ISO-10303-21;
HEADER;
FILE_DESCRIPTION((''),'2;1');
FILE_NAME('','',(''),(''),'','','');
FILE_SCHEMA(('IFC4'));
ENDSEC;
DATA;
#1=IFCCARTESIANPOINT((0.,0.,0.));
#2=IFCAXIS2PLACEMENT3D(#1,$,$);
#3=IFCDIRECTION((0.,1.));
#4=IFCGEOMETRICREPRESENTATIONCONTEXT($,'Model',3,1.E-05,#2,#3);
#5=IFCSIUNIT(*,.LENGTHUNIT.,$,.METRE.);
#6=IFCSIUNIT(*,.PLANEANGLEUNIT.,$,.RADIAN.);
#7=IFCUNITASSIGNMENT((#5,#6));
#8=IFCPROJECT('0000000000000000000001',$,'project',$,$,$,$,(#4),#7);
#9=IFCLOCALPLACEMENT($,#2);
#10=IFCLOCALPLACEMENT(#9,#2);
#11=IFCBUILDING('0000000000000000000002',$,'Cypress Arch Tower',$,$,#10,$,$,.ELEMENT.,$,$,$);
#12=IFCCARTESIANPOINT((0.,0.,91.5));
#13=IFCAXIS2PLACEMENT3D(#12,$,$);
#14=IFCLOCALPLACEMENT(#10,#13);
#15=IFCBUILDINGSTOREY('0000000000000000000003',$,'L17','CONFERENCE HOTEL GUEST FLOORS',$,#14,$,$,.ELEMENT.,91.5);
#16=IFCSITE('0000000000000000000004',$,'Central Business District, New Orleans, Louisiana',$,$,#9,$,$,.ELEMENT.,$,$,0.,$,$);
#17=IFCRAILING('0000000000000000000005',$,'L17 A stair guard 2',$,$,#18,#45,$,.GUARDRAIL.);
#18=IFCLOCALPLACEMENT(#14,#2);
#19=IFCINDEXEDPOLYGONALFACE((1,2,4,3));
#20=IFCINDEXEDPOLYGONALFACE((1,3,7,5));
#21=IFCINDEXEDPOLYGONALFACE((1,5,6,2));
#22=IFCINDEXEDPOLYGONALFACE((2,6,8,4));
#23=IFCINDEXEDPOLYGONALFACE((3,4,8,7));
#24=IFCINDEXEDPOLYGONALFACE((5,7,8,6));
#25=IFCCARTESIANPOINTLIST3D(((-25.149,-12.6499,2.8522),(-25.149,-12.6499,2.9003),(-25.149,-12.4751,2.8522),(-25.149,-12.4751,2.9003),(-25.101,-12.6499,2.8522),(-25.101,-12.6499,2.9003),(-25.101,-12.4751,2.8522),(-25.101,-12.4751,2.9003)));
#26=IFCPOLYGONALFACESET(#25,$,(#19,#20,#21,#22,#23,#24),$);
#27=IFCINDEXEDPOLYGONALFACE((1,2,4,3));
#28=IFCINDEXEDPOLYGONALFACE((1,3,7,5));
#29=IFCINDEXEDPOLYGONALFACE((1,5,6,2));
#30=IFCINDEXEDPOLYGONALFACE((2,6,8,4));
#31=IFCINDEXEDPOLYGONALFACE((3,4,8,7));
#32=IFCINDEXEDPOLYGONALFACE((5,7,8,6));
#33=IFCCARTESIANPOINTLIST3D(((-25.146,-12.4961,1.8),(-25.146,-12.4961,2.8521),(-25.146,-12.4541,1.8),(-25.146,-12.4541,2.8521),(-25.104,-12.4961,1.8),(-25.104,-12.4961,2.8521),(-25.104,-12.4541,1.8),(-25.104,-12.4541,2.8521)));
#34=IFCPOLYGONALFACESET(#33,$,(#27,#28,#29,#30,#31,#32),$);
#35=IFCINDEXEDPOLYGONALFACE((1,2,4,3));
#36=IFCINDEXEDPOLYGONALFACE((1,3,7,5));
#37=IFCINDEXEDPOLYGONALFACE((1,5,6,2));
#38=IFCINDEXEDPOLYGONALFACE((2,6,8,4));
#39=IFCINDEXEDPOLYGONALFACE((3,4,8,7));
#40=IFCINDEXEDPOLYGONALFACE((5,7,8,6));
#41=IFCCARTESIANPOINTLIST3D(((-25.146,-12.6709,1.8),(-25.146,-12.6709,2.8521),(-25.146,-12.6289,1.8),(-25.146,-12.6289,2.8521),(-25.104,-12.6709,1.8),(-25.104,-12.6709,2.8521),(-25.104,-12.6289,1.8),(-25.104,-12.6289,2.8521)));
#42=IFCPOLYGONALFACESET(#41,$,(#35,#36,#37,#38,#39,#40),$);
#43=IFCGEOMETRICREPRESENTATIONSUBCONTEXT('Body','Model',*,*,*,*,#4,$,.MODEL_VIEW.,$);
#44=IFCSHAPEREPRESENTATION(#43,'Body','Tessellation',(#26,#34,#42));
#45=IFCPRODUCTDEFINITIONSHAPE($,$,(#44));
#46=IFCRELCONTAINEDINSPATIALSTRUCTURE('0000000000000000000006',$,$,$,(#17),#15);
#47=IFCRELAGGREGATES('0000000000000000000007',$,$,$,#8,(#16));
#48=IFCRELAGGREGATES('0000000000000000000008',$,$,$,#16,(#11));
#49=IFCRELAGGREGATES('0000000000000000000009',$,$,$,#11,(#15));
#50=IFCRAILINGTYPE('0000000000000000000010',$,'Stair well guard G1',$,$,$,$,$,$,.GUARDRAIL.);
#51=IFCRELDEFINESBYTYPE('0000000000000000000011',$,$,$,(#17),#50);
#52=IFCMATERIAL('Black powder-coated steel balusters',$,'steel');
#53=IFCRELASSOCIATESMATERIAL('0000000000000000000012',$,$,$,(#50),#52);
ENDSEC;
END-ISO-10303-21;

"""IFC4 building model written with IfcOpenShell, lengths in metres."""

from ifc_helpers import new_model, si_unit, direction, frame, origin, origin_2d, place, context, subcontext, project, spatial, rectangle, extrude, material, type_object, element, save


model = new_model("IFC4")

# Units and contexts
model_context = context("Model", 3, precision=1e-05, world=origin(), true_north=direction((0.0, 1.0)))
body_context = subcontext(model_context, "Body", "Model", "MODEL_VIEW")
ifc_project = project(units=[si_unit("LENGTHUNIT", "METRE"), si_unit("PLANEANGLEUNIT", "RADIAN")], contexts=[model_context])

# Site, building, storey
site_placement = place(None, origin())
site = spatial("IfcSite", under=ifc_project, at=site_placement, Name="Central Business District, New Orleans, Louisiana", CompositionType="ELEMENT", RefElevation=0.0)
building_placement = place(site_placement, origin())
building = spatial("IfcBuilding", under=site, at=building_placement, Name="Cypress Arch Tower", CompositionType="ELEMENT")
storey_placement = place(building_placement, frame((0.0, 0.0, 91.5)))
storey = spatial("IfcBuildingStorey", under=building, at=storey_placement, Name="L17", Description="CONFERENCE HOTEL GUEST FLOORS", CompositionType="ELEMENT", Elevation=91.5)

# Railing
ifc_material_1 = material(Name="Black powder-coated steel balusters", Category="steel")
railing_type_1 = type_object("IfcRailingType", Name="Stair well guard G1", PredefinedType="GUARDRAIL", material=ifc_material_1)
railing_1_placement = place(storey_placement, frame((-25.125, -12.4751, 1.8)))
element("IfcRailing", 1, at=railing_1_placement, inside=storey, type_object=railing_type_1, Name="L17 A stair guard 2", PredefinedType="GUARDRAIL", context=body_context, shape_type="SweptSolid", body=[
    extrude(rectangle(XDim=0.0481, YDim=0.0481, at=origin_2d()), frame((0.0, 0.0, 1.0762), z_axis=(0.0, -1.0, 0.0), x_axis=(1.0, 0.0, 0.0)), (0.0, 0.0, 1.0), 0.1748),
    extrude(rectangle(XDim=0.042, YDim=0.042, at=origin_2d()), origin(), (0.0, 0.0, 1.0), 1.052),
    extrude(rectangle(XDim=0.042, YDim=0.042, at=origin_2d()), frame((0.0, -0.1748, 0.0)), (0.0, 0.0, 1.0), 1.052),
])

save(model, "model.ifc")
